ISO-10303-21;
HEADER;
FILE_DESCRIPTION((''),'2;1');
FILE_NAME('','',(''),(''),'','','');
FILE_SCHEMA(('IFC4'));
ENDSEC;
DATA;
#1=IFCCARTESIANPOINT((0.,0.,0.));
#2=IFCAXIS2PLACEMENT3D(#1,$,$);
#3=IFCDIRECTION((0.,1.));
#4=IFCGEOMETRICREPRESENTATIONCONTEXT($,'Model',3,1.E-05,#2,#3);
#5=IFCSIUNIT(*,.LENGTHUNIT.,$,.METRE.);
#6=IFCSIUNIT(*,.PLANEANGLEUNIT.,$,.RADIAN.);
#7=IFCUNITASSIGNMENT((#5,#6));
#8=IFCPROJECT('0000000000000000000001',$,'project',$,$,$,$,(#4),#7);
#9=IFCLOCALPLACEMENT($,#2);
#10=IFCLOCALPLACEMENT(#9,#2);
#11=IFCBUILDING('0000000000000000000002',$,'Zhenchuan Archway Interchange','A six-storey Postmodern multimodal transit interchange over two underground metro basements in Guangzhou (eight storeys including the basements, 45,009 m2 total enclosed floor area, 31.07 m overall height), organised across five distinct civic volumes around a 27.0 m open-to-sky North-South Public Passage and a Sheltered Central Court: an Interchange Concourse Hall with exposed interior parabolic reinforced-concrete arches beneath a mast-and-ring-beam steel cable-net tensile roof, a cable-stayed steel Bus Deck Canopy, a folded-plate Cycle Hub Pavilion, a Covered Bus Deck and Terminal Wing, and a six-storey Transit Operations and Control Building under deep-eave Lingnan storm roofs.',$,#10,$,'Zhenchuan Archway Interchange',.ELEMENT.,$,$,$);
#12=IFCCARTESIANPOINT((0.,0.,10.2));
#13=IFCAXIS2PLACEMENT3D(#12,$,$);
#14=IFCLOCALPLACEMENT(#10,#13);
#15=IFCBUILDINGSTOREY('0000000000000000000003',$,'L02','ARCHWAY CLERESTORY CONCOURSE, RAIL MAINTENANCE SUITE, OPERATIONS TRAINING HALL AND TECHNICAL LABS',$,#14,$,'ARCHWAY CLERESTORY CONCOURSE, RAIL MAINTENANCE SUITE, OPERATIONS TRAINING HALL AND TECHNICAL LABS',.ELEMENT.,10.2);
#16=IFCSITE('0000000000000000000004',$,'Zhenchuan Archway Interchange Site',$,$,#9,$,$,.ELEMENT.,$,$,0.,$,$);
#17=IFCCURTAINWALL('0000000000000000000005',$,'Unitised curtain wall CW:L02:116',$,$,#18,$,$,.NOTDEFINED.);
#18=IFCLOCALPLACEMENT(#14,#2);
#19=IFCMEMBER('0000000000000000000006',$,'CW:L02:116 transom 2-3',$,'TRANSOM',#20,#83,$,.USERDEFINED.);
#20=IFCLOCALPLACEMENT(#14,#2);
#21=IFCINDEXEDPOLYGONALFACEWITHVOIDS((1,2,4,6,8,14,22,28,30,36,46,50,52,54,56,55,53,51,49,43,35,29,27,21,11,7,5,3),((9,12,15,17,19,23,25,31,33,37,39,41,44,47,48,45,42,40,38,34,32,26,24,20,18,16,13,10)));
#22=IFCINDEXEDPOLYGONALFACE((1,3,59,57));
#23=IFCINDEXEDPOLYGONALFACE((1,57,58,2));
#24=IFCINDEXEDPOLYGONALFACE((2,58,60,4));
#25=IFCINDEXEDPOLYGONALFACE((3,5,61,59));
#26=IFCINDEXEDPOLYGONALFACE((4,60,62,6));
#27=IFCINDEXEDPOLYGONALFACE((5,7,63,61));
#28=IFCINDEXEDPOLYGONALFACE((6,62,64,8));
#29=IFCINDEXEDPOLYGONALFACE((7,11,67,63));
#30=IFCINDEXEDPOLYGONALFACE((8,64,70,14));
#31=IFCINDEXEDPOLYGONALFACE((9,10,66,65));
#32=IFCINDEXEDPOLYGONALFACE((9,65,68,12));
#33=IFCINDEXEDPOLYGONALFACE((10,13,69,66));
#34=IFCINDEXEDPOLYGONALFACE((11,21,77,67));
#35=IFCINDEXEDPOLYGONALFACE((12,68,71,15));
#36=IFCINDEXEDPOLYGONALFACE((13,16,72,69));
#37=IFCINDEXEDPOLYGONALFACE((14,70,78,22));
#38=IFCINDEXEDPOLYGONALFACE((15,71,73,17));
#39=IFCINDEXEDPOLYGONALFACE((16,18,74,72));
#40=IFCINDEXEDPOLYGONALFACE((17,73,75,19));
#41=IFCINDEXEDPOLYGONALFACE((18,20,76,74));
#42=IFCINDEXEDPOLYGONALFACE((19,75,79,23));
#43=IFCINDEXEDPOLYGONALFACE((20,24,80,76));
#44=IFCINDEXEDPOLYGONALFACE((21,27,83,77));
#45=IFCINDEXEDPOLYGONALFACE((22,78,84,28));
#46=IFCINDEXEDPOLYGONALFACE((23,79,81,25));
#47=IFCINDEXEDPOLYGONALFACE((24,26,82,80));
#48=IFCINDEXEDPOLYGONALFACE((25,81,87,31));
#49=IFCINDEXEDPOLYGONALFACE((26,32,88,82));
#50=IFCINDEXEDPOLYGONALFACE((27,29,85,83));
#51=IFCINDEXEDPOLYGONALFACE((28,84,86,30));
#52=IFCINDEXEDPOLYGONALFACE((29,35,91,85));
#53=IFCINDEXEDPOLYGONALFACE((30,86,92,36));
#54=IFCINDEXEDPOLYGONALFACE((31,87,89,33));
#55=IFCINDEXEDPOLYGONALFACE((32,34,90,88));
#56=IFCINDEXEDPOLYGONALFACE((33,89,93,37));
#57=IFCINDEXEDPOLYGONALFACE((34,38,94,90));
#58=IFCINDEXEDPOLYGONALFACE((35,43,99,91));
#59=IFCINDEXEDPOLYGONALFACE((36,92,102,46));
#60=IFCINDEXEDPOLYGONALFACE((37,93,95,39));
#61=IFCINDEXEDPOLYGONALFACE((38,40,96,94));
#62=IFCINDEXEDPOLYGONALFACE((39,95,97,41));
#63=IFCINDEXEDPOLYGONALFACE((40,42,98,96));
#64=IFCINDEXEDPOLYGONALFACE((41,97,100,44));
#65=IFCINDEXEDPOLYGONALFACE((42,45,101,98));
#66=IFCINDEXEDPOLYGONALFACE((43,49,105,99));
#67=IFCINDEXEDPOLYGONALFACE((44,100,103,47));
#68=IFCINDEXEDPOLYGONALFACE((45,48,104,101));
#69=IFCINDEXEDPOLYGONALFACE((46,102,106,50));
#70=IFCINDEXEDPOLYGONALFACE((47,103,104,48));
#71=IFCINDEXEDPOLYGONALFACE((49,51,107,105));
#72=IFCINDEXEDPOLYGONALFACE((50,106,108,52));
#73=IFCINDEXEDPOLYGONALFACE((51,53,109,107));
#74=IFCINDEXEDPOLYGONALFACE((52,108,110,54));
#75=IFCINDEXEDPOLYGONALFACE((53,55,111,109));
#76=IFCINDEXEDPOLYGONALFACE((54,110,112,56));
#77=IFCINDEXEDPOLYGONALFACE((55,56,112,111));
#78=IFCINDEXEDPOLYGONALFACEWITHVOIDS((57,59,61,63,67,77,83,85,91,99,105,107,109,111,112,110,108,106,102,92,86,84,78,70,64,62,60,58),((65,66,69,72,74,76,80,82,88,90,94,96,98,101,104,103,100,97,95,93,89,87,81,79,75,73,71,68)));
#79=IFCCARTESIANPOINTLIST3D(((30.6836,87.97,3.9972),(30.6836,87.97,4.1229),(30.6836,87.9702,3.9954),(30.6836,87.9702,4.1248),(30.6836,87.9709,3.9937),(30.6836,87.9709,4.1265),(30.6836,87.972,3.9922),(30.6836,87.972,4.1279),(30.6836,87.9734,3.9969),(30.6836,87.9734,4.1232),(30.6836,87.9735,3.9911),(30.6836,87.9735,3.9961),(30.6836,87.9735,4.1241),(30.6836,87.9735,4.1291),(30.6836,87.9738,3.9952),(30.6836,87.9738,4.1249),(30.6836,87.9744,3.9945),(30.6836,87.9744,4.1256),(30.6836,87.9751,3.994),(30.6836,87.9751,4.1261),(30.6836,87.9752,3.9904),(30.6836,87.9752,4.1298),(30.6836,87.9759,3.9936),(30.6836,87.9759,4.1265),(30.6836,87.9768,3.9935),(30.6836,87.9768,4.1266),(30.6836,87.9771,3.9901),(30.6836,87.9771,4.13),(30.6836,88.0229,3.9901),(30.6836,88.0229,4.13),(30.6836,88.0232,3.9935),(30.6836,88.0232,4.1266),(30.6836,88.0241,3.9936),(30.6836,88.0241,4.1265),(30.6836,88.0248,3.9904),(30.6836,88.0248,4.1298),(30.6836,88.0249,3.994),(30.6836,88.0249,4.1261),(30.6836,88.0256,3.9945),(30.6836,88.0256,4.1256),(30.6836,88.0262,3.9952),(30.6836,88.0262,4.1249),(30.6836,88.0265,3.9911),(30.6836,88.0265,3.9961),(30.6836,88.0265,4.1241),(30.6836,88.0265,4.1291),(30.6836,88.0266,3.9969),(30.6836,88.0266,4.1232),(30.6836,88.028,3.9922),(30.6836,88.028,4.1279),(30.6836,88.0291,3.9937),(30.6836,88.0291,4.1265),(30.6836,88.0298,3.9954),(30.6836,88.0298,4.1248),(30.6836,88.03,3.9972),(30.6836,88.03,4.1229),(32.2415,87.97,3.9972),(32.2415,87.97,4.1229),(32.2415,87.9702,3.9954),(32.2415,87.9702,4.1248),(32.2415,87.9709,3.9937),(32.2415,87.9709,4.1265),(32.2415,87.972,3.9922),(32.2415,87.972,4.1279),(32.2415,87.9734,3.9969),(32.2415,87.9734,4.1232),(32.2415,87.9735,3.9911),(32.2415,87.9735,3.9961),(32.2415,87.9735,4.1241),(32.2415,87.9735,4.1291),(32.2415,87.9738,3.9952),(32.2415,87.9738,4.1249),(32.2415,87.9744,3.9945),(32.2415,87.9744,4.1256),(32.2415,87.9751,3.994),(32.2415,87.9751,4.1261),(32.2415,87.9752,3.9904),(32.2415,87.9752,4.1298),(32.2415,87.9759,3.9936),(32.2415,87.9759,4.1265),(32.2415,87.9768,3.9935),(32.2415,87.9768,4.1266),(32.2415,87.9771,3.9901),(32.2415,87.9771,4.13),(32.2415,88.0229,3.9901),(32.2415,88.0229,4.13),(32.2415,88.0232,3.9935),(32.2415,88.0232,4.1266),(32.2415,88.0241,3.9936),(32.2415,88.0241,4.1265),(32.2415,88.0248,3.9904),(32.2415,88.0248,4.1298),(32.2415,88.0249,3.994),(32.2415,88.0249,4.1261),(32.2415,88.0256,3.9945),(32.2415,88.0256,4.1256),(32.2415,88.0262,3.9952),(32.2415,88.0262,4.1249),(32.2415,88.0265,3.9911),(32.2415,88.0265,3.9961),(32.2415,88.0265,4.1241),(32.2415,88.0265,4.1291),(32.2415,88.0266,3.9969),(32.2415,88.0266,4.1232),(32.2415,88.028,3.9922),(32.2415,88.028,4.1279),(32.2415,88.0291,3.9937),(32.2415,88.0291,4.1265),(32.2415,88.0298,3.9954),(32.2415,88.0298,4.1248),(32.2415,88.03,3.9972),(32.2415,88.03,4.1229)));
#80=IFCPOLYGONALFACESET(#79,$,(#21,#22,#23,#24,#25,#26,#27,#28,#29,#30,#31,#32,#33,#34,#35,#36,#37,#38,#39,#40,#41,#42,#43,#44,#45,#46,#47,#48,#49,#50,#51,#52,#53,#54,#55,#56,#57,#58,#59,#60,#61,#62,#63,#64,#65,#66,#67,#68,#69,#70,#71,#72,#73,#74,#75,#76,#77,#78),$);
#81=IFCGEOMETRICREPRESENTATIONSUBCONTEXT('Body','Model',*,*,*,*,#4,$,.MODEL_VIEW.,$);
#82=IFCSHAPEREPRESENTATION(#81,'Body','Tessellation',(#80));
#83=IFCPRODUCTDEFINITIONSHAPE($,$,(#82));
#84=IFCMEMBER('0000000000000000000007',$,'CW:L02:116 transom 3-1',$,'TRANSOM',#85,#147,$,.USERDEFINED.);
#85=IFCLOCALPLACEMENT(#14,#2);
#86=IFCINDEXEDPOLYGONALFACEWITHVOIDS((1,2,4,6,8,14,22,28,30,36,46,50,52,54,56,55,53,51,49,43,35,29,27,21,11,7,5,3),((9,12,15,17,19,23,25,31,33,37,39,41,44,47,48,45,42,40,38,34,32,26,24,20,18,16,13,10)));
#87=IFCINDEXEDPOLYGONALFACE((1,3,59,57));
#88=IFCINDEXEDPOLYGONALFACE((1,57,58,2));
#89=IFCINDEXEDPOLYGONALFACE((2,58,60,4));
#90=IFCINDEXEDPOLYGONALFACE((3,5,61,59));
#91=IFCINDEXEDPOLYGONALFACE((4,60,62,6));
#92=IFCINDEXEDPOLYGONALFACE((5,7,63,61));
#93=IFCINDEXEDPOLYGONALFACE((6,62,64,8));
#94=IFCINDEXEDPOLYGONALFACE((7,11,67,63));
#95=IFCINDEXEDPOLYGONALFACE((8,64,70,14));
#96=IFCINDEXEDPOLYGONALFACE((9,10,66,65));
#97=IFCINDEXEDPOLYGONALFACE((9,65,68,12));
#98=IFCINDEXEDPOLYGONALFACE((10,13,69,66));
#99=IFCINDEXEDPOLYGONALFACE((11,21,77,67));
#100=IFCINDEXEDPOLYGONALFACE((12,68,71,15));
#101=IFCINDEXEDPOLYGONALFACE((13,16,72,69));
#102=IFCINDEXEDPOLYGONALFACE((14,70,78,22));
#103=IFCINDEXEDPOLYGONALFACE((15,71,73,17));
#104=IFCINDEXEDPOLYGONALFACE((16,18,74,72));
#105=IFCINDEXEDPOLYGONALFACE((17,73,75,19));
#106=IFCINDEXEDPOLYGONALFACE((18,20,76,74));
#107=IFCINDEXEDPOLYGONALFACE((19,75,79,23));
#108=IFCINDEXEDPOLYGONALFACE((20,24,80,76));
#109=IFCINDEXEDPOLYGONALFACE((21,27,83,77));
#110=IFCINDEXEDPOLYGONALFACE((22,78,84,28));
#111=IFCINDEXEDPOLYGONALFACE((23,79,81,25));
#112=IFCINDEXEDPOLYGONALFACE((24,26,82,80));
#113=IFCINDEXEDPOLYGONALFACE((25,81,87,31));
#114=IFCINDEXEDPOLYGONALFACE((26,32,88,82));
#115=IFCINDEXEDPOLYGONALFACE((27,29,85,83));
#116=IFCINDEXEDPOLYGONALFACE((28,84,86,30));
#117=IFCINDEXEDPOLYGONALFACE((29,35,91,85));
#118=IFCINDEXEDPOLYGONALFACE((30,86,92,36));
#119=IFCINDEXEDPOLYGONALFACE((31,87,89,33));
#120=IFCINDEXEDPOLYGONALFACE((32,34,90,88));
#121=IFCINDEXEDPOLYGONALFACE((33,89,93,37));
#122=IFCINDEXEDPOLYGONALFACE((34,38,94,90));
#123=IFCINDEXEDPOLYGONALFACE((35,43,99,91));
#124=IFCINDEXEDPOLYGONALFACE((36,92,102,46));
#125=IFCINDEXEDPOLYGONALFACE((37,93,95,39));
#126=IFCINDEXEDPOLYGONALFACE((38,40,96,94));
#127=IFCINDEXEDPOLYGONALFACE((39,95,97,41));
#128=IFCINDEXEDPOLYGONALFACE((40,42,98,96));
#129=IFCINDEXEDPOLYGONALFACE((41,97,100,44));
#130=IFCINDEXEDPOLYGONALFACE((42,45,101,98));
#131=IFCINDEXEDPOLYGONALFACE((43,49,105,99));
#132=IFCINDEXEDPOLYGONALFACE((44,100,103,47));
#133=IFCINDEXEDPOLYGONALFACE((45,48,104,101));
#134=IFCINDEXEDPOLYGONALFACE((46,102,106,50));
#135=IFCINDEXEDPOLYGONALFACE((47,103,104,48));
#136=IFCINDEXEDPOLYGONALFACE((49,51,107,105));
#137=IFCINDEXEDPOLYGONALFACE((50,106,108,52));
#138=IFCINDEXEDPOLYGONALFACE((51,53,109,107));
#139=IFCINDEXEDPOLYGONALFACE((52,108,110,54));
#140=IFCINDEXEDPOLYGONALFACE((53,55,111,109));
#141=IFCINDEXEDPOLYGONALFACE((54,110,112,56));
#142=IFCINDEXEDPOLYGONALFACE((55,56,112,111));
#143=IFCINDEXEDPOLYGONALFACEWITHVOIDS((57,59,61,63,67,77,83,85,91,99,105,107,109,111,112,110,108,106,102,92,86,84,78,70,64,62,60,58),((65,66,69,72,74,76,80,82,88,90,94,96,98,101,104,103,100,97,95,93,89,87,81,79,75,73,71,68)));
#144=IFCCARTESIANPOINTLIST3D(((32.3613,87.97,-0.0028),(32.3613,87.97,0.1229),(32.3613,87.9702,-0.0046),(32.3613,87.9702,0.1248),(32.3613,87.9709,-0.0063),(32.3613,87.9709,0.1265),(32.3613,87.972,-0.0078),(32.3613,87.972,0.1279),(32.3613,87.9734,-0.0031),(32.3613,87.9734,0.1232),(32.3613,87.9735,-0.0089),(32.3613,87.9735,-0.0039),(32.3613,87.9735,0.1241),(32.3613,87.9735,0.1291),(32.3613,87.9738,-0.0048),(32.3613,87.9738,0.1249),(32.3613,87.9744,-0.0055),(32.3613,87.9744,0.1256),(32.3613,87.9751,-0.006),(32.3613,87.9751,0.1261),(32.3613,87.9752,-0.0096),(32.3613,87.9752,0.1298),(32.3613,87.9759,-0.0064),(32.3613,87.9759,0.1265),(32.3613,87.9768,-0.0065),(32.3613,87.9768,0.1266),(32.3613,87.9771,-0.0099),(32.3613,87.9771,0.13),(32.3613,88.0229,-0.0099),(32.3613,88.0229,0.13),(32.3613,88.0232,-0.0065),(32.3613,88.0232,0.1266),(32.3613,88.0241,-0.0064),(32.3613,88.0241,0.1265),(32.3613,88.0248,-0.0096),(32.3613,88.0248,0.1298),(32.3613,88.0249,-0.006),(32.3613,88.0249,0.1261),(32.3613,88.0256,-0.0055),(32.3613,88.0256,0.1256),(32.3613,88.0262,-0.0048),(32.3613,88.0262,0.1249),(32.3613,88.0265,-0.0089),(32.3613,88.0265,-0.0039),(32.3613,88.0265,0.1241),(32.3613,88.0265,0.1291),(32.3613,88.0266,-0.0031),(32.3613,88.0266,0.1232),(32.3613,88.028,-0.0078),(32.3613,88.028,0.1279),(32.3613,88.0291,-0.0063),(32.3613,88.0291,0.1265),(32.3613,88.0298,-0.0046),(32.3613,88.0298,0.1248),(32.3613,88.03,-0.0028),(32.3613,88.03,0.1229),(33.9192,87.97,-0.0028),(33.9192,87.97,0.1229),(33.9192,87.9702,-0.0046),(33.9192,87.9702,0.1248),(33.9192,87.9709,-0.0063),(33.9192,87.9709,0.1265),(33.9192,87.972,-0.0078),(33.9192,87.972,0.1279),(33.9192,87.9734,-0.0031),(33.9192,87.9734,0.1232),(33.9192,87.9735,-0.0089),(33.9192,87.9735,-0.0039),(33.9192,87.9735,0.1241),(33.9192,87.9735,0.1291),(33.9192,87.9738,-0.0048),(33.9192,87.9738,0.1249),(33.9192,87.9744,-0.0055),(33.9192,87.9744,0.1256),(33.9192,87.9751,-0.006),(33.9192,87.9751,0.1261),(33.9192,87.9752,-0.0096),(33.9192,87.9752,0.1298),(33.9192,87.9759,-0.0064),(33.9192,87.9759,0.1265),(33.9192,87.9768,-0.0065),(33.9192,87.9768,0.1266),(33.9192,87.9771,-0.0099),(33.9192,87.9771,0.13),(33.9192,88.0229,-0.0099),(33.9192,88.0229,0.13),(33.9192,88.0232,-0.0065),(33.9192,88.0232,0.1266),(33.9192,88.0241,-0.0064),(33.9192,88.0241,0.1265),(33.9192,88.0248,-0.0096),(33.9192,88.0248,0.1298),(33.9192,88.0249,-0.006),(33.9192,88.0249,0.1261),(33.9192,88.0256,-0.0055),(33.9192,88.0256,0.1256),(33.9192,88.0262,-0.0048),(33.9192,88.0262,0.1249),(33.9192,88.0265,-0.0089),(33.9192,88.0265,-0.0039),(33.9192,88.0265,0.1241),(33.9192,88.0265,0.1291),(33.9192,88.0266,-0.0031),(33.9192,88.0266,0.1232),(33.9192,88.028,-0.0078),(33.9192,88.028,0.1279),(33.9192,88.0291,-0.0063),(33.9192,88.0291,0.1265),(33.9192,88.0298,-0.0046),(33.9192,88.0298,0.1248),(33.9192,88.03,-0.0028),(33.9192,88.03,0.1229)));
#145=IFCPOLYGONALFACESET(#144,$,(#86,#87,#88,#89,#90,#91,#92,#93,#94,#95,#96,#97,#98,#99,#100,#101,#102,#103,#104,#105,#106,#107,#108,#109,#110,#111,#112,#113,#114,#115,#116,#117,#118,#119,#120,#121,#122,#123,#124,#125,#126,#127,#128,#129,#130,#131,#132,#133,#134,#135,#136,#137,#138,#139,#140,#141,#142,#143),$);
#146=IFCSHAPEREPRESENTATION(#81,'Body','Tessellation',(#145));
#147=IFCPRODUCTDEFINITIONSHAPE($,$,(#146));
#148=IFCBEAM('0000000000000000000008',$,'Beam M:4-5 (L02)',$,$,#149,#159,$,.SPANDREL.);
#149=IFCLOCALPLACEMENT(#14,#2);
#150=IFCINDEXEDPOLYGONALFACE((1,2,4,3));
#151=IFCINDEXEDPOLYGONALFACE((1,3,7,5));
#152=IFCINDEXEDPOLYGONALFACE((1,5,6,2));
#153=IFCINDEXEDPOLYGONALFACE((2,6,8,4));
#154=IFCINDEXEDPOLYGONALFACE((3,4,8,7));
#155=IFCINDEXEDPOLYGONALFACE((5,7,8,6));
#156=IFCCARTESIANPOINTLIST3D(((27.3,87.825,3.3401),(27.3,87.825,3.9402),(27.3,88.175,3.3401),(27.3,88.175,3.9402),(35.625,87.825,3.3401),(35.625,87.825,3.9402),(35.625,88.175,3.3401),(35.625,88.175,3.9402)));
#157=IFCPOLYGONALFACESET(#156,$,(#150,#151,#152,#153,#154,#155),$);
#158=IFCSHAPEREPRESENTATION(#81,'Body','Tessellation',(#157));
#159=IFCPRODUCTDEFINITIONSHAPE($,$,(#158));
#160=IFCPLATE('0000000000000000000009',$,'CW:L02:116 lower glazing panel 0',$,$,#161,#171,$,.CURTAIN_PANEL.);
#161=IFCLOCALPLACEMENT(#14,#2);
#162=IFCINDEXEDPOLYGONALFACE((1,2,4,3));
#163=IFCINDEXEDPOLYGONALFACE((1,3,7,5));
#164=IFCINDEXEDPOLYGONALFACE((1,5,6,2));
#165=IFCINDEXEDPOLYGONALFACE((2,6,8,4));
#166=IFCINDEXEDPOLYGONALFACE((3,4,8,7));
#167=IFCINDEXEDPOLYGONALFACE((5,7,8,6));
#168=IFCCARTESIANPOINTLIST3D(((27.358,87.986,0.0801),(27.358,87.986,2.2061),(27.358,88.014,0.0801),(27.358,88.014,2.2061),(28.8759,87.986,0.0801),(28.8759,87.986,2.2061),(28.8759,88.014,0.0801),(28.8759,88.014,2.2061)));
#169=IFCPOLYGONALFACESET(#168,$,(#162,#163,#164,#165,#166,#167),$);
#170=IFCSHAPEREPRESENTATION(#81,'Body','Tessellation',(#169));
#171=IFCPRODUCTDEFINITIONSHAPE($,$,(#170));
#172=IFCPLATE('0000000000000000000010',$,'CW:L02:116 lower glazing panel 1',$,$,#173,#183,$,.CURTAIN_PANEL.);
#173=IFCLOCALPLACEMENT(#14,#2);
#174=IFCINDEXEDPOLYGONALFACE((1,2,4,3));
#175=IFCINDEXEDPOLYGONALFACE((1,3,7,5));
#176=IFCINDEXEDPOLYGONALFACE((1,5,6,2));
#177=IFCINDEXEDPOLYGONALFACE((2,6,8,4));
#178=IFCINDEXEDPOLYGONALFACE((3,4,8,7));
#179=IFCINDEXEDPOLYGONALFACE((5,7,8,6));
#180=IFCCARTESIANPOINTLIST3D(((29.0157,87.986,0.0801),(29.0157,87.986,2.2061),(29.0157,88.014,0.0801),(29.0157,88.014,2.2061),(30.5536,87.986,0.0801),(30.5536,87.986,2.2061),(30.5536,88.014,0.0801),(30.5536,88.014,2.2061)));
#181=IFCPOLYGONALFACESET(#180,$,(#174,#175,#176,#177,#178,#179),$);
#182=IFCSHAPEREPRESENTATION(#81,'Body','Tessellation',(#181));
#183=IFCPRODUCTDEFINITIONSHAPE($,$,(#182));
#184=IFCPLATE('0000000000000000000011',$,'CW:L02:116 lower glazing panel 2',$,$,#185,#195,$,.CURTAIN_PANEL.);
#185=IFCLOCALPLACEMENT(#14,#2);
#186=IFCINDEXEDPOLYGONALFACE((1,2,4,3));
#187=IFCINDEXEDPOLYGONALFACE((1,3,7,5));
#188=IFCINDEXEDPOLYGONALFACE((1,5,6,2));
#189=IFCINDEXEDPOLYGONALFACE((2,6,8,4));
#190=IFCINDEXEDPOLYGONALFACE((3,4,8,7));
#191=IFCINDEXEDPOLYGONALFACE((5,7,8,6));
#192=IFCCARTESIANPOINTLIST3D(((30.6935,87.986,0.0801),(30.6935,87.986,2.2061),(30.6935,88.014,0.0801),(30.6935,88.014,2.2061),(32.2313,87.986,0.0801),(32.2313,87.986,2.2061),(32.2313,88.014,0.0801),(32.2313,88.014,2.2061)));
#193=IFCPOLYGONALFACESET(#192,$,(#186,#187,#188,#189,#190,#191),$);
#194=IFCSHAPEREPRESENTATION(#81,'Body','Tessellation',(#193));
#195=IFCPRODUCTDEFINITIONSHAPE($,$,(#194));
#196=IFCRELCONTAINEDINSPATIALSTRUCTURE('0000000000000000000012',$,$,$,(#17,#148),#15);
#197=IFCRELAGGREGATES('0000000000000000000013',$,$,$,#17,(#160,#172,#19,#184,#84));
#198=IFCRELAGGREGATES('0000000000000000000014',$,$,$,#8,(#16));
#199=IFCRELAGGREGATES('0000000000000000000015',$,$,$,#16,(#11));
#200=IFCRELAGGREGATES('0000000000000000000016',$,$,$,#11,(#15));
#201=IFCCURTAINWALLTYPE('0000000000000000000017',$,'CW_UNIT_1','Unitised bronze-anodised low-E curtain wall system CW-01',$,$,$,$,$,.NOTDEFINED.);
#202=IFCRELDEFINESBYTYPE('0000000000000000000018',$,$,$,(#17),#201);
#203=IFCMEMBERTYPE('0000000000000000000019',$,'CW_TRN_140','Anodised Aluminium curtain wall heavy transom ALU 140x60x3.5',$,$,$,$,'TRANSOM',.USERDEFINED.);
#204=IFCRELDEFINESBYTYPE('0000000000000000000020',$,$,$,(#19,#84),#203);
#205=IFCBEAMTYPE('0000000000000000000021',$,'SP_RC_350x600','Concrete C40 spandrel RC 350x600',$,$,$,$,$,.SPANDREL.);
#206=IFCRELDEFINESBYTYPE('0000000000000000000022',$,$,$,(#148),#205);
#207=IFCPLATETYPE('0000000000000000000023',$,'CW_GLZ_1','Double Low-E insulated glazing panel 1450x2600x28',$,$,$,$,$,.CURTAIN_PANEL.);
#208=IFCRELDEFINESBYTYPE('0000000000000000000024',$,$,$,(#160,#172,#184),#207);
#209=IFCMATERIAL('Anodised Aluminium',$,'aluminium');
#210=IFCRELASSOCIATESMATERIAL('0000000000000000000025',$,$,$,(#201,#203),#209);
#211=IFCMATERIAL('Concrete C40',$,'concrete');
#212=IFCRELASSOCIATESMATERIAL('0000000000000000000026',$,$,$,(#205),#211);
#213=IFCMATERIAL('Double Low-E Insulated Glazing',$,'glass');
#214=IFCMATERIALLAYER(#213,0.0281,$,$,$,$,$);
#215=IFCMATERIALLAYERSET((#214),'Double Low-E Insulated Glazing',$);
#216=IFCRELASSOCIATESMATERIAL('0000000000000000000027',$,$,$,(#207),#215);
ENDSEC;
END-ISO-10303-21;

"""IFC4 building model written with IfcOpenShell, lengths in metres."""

from ifc_helpers import new_model, si_unit, direction, frame, origin, origin_2d, place, context, subcontext, project, spatial, rectangle, hollow_rectangle, extrude, material, layer, layer_set, material_profile, profile_set, type_object, element, aggregate, save


model = new_model("IFC4")

# Units and contexts
model_context = context("Model", 3, precision=1e-05, world=origin(), true_north=direction((0.0, 1.0)))
body_context = subcontext(model_context, "Body", "Model", "MODEL_VIEW")
ifc_project = project(units=[si_unit("LENGTHUNIT", "METRE"), si_unit("PLANEANGLEUNIT", "RADIAN")], contexts=[model_context])

# Site, building, storey
site_placement = place(None, origin())
site = spatial("IfcSite", under=ifc_project, at=site_placement, Name="Zhenchuan Archway Interchange Site", CompositionType="ELEMENT", RefElevation=0.0)
building_placement = place(site_placement, origin())
building = spatial("IfcBuilding", under=site, at=building_placement, Name="Zhenchuan Archway Interchange", Description="A six-storey Postmodern multimodal transit interchange over two underground metro basements in Guangzhou (eight storeys including the basements, 45,009 m2 total enclosed floor area, 31.07 m overall height), organised across five distinct civic volumes around a 27.0 m open-to-sky North-South Public Passage and a Sheltered Central Court: an Interchange Concourse Hall with exposed interior parabolic reinforced-concrete arches beneath a mast-and-ring-beam steel cable-net tensile roof, a cable-stayed steel Bus Deck Canopy, a folded-plate Cycle Hub Pavilion, a Covered Bus Deck and Terminal Wing, and a six-storey Transit Operations and Control Building under deep-eave Lingnan storm roofs.", LongName="Zhenchuan Archway Interchange", CompositionType="ELEMENT")
storey_placement = place(building_placement, frame((0.0, 0.0, 10.2)))
storey = spatial("IfcBuildingStorey", under=building, at=storey_placement, Name="L02", Description="ARCHWAY CLERESTORY CONCOURSE, RAIL MAINTENANCE SUITE, OPERATIONS TRAINING HALL AND TECHNICAL LABS", LongName="ARCHWAY CLERESTORY CONCOURSE, RAIL MAINTENANCE SUITE, OPERATIONS TRAINING HALL AND TECHNICAL LABS", CompositionType="ELEMENT", Elevation=10.2)

# Curtain wall, members
ifc_material_1 = material(Name="Anodised Aluminium", Category="aluminium")
curtain_wall_type = type_object("IfcCurtainWallType", Name="CW_UNIT_1", Description="Unitised bronze-anodised low-E curtain wall system CW-01", PredefinedType="NOTDEFINED", material=ifc_material_1)
curtain_wall_placement = place(storey_placement, origin())
curtain_wall = element("IfcCurtainWall", 1, at=curtain_wall_placement, inside=storey, type_object=curtain_wall_type, Name="Unitised curtain wall CW:L02:116", PredefinedType="NOTDEFINED")
ifc_material_profile_1 = material_profile(ifc_material_1, hollow_rectangle(XDim=0.0601, YDim=0.1399, WallThickness=0.0034, InnerFilletRadius=0.0034, OuterFilletRadius=0.0071, at=origin_2d()), Name="ALU 140x60x3.5")
ifc_profile_set_1 = profile_set([ifc_material_profile_1], Name="Anodised Aluminium")
member_type_1 = type_object("IfcMemberType", Name="CW_TRN_140", Description="Anodised Aluminium curtain wall heavy transom ALU 140x60x3.5", ElementType="TRANSOM", PredefinedType="USERDEFINED", material=ifc_profile_set_1)
member_1_placement = place(storey_placement, frame((30.6836, 88.0, 4.0601), z_axis=(1.0, 0.0, 0.0), x_axis=(0.0, 1.0, 0.0)))
member_1 = element("IfcMember", 2, at=member_1_placement, type_object=member_type_1, Name="CW:L02:116 transom 2-3", ObjectType="TRANSOM", PredefinedType="USERDEFINED", context=body_context, shape_type="SweptSolid", body=[
    extrude(hollow_rectangle(XDim=0.0601, YDim=0.1399, WallThickness=0.0034, InnerFilletRadius=0.0034, OuterFilletRadius=0.0071, at=origin_2d()), origin(), (0.0, 0.0, 1.0), 1.5579),
])
member_2_placement = place(storey_placement, frame((32.3613, 88.0, 0.0601), z_axis=(1.0, 0.0, 0.0), x_axis=(0.0, 1.0, 0.0)))
member_2 = element("IfcMember", 3, at=member_2_placement, type_object=member_type_1, Name="CW:L02:116 transom 3-1", ObjectType="TRANSOM", PredefinedType="USERDEFINED", context=body_context, shape_type="SweptSolid", body=[
    extrude(hollow_rectangle(XDim=0.0601, YDim=0.1399, WallThickness=0.0034, InnerFilletRadius=0.0034, OuterFilletRadius=0.0071, at=origin_2d()), origin(), (0.0, 0.0, 1.0), 1.5579),
])

# Beam
ifc_material_2 = material(Name="Concrete C40", Category="concrete")
ifc_material_profile_2 = material_profile(ifc_material_2, rectangle(XDim=0.3501, YDim=0.6001, at=origin_2d()), Name="RC 350x600")
ifc_profile_set_2 = profile_set([ifc_material_profile_2], Name="Concrete C40")
beam_type = type_object("IfcBeamType", Name="SP_RC_350x600", Description="Concrete C40 spandrel RC 350x600", PredefinedType="SPANDREL", material=ifc_profile_set_2)
beam_placement = place(storey_placement, frame((27.3, 88.0, 3.6401), z_axis=(1.0, 0.0, 0.0), x_axis=(0.0, 1.0, 0.0)))
element("IfcBeam", 4, at=beam_placement, inside=storey, type_object=beam_type, Name="Beam M:4-5 (L02)", PredefinedType="SPANDREL", context=body_context, shape_type="SweptSolid", body=[
    extrude(rectangle(XDim=0.3501, YDim=0.6001, at=origin_2d()), origin(), (0.0, 0.0, 1.0), 8.325),
])

# Plates
ifc_material_3 = material(Name="Double Low-E Insulated Glazing", Category="glass")
ifc_layer_1 = layer(ifc_material_3, 0.0281)
ifc_layer_set_1 = layer_set([ifc_layer_1], Name="Double Low-E Insulated Glazing")
plate_type_1 = type_object("IfcPlateType", Name="CW_GLZ_1", Description="Double Low-E insulated glazing panel 1450x2600x28", PredefinedType="CURTAIN_PANEL", material=ifc_layer_set_1)
plate_1_placement = place(storey_placement, frame((28.1169, 88.0, 0.0801), z_axis=(0.0, 0.0, 1.0), x_axis=(1.0, 0.0, 0.0)))
plate_1 = element("IfcPlate", 5, at=plate_1_placement, type_object=plate_type_1, Name="CW:L02:116 lower glazing panel 0", PredefinedType="CURTAIN_PANEL", context=body_context, shape_type="SweptSolid", body=[
    extrude(rectangle(XDim=1.5178, YDim=0.0281, at=origin_2d()), origin(), (0.0, 0.0, 1.0), 2.126),
])
plate_2_placement = place(storey_placement, frame((29.7847, 88.0, 0.0801), z_axis=(0.0, 0.0, 1.0), x_axis=(1.0, 0.0, 0.0)))
plate_2 = element("IfcPlate", 6, at=plate_2_placement, type_object=plate_type_1, Name="CW:L02:116 lower glazing panel 1", PredefinedType="CURTAIN_PANEL", context=body_context, shape_type="SweptSolid", body=[
    extrude(rectangle(XDim=1.5378, YDim=0.0281, at=origin_2d()), origin(), (0.0, 0.0, 1.0), 2.126),
])
plate_3_placement = place(storey_placement, frame((31.4624, 88.0, 0.0801), z_axis=(0.0, 0.0, 1.0), x_axis=(1.0, 0.0, 0.0)))
plate_3 = element("IfcPlate", 7, at=plate_3_placement, type_object=plate_type_1, Name="CW:L02:116 lower glazing panel 2", PredefinedType="CURTAIN_PANEL", context=body_context, shape_type="SweptSolid", body=[
    extrude(rectangle(XDim=1.5378, YDim=0.0281, at=origin_2d()), origin(), (0.0, 0.0, 1.0), 2.126),
])
aggregate(curtain_wall, [plate_1, plate_2, member_1, plate_3, member_2])

save(model, "model.ifc")
